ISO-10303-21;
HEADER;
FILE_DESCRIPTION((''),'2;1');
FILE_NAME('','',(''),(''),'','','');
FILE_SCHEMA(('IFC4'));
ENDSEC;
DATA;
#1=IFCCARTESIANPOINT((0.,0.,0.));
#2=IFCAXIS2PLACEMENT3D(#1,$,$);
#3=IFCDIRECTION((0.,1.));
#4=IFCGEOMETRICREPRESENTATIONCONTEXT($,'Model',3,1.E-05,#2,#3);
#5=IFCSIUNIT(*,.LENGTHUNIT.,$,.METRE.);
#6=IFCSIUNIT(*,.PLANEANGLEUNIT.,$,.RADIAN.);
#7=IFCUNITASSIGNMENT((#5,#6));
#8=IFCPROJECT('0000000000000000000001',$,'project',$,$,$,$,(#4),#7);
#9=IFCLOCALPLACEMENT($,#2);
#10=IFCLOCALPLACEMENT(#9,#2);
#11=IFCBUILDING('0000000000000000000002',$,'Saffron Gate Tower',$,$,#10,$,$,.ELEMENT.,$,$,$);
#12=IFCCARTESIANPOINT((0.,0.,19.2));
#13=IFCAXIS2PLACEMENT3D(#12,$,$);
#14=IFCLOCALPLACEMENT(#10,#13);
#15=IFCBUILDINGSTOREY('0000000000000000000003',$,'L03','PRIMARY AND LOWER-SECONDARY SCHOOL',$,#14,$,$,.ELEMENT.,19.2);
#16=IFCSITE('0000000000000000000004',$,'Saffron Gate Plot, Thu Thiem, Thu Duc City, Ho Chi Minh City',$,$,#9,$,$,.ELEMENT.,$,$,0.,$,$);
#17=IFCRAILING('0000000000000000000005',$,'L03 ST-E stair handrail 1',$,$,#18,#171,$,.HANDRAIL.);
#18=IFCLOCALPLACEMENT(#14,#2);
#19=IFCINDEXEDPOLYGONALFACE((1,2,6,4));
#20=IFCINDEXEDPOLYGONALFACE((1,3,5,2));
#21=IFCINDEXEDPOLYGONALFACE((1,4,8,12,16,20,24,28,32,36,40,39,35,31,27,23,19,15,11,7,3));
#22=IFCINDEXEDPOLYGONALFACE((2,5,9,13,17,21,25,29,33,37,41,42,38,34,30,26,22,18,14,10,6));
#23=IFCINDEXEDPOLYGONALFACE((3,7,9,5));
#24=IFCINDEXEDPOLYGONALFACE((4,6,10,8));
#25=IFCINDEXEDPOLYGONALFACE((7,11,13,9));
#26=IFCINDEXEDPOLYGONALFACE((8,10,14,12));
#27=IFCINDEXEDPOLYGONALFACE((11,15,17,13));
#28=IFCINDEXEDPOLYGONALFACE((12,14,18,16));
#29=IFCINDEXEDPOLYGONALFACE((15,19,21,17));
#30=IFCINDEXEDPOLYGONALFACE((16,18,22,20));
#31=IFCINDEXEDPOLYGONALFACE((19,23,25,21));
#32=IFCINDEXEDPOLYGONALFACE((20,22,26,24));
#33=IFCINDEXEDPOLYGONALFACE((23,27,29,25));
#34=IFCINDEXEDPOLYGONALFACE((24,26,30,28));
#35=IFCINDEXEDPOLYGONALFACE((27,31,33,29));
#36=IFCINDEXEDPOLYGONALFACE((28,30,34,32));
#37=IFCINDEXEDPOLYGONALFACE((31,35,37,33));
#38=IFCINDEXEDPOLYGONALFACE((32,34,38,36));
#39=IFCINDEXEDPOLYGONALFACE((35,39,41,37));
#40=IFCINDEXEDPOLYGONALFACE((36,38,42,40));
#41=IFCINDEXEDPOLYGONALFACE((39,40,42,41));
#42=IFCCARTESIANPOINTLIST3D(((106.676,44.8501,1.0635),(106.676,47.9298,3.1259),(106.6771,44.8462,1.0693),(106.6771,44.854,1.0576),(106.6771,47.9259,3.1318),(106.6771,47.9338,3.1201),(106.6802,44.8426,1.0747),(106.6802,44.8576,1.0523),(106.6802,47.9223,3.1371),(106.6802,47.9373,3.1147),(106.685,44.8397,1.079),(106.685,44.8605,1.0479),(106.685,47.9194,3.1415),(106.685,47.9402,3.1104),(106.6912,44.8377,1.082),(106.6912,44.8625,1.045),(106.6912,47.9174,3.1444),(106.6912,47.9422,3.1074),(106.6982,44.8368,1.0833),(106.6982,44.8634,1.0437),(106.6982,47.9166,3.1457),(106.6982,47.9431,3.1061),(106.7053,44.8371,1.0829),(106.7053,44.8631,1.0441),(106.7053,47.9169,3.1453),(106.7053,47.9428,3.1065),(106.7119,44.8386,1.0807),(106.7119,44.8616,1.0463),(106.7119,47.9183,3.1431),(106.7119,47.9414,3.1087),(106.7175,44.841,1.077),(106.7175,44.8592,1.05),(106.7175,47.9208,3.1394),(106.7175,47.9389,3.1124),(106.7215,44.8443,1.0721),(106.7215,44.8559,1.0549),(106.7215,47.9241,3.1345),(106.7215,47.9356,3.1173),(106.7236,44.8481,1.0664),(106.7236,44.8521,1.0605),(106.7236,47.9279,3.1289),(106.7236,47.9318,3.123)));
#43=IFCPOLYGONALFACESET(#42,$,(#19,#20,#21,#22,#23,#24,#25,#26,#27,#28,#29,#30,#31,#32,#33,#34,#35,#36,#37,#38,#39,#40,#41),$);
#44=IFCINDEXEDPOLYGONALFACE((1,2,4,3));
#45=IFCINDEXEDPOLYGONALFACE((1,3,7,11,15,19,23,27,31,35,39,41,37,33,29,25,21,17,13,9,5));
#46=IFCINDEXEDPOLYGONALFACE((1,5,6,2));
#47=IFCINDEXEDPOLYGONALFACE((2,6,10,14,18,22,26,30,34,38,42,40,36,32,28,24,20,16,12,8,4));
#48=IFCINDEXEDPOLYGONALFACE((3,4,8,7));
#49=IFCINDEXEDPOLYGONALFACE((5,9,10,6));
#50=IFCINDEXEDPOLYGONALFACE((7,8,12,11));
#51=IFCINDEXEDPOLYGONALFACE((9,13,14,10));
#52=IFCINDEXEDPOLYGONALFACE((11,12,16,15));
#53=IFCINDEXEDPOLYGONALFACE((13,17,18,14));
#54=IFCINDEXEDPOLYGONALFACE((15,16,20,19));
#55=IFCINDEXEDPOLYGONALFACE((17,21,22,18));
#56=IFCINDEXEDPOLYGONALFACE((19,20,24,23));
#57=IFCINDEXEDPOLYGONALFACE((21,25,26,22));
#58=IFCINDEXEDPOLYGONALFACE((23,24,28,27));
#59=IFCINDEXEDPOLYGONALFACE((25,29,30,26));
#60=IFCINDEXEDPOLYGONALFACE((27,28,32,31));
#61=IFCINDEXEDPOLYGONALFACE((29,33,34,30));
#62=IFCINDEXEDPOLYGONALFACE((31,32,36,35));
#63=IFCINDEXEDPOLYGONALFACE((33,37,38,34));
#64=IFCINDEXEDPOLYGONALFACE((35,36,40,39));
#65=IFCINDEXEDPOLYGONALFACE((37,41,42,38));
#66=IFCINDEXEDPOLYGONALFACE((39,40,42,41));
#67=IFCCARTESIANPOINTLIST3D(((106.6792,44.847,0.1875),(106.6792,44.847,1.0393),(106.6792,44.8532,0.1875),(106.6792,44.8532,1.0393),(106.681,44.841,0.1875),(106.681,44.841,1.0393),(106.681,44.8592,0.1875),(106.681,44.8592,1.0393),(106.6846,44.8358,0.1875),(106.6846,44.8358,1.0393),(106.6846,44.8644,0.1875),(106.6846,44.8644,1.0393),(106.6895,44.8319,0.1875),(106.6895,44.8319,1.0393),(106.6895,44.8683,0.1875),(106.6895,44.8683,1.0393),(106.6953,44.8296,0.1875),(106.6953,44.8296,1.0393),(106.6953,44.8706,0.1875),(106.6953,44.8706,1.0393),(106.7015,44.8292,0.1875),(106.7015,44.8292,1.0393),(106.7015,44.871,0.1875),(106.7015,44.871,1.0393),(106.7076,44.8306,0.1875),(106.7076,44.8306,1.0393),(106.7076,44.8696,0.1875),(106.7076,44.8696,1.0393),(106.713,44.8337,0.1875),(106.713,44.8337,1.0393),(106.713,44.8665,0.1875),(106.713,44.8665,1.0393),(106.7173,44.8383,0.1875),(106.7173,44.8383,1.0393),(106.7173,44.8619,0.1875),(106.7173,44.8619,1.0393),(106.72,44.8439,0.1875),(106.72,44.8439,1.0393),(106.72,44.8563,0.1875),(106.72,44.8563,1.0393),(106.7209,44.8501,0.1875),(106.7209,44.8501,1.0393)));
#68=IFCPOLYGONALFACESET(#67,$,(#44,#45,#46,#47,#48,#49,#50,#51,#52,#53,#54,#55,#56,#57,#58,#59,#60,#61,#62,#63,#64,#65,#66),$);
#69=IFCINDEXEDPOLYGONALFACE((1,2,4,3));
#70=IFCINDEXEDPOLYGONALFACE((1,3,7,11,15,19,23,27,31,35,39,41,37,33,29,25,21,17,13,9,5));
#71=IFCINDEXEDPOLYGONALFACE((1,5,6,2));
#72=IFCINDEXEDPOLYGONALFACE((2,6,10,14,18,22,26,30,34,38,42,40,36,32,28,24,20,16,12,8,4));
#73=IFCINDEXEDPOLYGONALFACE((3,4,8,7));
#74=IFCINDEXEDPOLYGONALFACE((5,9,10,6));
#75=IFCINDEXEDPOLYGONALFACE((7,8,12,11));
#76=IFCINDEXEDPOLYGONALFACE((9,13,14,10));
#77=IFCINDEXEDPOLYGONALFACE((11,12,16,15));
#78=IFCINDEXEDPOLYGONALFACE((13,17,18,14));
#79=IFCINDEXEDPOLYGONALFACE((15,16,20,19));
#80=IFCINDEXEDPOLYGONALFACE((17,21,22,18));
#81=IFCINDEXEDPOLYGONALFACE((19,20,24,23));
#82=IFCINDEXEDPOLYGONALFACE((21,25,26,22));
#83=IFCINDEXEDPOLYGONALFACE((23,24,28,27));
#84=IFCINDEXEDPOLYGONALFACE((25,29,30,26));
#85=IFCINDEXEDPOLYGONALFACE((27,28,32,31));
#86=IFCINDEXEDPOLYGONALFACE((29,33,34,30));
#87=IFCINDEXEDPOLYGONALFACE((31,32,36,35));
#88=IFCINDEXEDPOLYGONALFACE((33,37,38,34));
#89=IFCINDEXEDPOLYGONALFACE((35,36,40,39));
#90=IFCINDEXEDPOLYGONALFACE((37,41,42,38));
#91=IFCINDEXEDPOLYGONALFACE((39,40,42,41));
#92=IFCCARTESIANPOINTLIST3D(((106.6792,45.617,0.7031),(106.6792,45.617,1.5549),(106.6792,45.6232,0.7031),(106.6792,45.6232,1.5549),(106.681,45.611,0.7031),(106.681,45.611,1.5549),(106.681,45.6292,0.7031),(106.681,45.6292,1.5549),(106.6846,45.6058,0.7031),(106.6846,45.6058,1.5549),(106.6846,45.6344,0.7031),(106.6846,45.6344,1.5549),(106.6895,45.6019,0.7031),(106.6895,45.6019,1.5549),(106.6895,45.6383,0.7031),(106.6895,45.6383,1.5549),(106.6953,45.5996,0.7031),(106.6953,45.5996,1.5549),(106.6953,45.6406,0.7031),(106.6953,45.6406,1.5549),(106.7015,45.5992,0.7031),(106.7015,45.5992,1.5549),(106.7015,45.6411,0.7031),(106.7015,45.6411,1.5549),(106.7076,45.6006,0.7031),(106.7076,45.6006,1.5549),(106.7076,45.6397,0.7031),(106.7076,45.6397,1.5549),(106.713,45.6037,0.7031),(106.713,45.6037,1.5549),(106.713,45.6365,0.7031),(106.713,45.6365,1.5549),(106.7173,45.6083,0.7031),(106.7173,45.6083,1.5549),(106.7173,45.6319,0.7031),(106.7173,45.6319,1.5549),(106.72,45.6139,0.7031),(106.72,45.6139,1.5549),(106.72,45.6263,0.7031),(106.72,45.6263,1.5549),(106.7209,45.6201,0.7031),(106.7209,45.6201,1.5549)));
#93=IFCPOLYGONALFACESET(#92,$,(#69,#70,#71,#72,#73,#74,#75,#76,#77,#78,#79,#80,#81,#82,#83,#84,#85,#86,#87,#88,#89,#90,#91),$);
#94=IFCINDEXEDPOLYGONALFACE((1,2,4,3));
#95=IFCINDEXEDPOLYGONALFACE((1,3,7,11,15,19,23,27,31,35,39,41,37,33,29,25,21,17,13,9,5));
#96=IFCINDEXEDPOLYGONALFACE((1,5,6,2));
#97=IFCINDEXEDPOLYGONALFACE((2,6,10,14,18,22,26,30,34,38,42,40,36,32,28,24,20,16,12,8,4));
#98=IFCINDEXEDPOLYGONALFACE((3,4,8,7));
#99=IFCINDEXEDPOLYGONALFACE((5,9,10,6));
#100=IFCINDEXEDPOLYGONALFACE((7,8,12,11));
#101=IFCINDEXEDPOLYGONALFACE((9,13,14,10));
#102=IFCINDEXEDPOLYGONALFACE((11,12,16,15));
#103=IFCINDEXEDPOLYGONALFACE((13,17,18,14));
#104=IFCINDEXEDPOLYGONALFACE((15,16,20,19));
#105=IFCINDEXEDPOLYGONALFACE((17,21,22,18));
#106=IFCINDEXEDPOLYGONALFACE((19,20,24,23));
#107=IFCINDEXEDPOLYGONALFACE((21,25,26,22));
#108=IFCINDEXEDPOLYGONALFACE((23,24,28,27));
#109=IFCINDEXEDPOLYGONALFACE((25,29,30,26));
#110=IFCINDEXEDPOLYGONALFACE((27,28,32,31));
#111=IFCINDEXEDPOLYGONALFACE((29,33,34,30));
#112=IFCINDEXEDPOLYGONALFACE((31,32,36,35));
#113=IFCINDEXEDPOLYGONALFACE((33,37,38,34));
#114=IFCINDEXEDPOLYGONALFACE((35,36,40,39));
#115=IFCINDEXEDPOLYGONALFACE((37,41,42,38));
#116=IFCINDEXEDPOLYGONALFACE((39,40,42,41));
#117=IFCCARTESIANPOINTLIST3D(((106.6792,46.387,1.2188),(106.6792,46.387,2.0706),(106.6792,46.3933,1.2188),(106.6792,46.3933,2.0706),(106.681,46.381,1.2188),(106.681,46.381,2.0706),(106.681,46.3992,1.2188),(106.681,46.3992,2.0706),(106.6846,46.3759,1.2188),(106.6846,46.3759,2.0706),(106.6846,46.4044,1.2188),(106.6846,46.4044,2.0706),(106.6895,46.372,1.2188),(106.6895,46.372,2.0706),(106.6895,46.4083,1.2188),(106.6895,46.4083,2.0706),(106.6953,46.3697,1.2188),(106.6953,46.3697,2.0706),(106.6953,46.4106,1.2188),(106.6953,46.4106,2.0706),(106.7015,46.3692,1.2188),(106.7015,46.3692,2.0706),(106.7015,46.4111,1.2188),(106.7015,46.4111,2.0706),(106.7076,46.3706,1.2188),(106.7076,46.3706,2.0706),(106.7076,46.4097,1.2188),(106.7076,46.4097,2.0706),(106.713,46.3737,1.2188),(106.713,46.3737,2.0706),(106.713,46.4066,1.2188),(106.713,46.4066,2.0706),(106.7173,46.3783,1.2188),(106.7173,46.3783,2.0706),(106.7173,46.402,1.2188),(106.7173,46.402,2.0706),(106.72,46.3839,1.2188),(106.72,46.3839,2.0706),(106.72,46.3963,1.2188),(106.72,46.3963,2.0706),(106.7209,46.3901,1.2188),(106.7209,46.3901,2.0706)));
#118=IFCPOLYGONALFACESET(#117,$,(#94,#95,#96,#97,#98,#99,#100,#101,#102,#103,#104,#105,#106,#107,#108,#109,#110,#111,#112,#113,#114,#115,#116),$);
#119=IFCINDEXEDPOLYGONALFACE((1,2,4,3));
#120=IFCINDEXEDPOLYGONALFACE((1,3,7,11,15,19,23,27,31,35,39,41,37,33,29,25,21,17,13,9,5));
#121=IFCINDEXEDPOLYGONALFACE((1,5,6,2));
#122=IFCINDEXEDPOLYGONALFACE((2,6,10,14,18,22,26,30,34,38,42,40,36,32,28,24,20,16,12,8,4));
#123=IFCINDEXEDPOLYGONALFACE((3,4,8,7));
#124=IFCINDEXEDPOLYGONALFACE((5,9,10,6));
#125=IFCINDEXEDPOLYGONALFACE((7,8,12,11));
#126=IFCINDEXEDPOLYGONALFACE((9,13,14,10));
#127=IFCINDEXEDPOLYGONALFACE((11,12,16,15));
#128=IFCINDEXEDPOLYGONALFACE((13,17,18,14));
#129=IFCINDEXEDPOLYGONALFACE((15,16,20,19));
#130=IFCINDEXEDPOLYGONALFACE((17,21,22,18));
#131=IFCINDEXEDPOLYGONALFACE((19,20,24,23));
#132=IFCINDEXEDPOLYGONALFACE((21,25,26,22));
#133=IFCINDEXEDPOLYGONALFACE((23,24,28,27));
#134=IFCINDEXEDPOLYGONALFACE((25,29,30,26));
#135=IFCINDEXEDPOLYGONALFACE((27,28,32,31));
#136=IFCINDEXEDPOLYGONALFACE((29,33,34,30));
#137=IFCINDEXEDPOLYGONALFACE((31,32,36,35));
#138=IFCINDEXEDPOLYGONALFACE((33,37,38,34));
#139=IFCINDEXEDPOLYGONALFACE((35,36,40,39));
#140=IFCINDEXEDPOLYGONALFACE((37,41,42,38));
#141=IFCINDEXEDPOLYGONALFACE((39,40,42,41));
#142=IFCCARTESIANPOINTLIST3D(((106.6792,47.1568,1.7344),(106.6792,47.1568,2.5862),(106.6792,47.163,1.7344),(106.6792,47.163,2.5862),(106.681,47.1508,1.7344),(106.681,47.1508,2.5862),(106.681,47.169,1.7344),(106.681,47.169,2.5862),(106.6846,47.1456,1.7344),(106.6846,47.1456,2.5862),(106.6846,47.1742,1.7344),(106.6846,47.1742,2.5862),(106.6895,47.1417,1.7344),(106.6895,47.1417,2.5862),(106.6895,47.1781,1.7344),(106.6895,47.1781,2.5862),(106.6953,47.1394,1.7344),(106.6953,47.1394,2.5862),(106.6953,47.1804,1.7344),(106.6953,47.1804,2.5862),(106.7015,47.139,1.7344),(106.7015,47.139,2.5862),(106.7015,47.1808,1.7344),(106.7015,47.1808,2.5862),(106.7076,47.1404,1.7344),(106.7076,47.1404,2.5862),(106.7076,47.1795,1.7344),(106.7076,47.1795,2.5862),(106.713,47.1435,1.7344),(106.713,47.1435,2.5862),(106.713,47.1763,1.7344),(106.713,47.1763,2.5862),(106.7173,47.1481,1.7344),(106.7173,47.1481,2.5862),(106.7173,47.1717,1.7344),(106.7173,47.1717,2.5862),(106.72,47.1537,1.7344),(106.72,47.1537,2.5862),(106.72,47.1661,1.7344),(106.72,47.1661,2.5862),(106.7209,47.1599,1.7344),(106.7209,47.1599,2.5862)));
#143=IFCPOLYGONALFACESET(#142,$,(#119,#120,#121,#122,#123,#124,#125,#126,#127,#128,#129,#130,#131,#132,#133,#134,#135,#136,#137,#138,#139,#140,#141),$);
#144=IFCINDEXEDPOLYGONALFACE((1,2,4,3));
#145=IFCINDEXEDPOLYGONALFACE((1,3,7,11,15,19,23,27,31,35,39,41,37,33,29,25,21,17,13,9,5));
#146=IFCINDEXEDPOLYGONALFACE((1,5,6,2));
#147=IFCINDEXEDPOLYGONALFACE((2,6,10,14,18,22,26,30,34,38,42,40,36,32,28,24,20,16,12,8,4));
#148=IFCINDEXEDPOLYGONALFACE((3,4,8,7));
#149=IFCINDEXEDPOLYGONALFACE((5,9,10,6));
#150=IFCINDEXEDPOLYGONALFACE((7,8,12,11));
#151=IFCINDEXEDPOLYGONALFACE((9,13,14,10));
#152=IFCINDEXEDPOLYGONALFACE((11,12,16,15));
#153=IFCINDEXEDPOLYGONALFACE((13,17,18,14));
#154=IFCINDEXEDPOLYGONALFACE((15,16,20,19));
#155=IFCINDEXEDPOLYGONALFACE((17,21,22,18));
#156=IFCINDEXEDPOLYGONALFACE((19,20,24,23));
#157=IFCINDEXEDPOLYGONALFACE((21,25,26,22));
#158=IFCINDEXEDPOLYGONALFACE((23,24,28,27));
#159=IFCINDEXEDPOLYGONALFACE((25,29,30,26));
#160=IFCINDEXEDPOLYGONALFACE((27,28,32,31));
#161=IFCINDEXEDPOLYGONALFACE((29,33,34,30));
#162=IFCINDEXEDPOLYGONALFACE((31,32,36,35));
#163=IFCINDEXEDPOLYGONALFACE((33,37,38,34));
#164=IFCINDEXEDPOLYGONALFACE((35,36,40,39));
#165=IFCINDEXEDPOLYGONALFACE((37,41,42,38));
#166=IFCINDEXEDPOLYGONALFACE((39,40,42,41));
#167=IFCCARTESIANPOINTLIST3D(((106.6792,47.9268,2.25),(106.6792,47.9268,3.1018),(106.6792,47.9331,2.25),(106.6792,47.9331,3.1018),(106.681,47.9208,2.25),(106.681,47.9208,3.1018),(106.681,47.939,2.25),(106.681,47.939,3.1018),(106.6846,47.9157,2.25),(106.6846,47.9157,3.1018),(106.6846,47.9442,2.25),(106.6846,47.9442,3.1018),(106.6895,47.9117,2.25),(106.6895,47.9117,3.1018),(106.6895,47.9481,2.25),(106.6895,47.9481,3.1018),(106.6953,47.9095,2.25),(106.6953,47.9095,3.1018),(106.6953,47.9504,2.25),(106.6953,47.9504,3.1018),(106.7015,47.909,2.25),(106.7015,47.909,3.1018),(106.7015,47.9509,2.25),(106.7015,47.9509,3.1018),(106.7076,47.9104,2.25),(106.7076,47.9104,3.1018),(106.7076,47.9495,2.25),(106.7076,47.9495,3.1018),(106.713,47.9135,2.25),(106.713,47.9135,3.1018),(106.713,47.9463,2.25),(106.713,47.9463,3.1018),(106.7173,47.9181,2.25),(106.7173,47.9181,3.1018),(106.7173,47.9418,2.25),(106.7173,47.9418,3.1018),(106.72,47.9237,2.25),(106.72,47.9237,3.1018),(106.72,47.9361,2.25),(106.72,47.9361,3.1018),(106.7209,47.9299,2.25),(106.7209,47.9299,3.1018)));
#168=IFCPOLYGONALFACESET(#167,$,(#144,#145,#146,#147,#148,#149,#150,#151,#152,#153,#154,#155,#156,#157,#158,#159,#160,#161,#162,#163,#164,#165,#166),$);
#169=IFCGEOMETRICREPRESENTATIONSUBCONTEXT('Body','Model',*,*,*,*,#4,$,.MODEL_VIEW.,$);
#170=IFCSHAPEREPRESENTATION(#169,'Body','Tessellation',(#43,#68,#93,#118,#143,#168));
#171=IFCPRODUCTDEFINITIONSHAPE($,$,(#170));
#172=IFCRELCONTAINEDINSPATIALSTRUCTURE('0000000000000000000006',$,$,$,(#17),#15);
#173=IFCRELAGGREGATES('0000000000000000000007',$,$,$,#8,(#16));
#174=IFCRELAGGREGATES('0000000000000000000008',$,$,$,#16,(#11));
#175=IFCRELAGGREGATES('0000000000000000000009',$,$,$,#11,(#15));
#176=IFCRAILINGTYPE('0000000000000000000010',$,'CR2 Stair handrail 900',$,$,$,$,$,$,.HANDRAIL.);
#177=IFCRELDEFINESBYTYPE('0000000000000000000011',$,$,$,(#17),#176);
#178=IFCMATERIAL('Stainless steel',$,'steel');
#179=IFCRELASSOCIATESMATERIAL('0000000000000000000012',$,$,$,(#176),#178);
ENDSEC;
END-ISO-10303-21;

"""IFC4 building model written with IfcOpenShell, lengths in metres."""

from ifc_helpers import new_model, si_unit, direction, frame, origin, origin_2d, place, context, subcontext, project, spatial, circle, extrude, material, type_object, element, save


model = new_model("IFC4")

# Units and contexts
model_context = context("Model", 3, precision=1e-05, world=origin(), true_north=direction((0.0, 1.0)))
body_context = subcontext(model_context, "Body", "Model", "MODEL_VIEW")
ifc_project = project(units=[si_unit("LENGTHUNIT", "METRE"), si_unit("PLANEANGLEUNIT", "RADIAN")], contexts=[model_context])

# Site, building, storey
site_placement = place(None, origin())
site = spatial("IfcSite", under=ifc_project, at=site_placement, Name="Saffron Gate Plot, Thu Thiem, Thu Duc City, Ho Chi Minh City", CompositionType="ELEMENT", RefElevation=0.0)
building_placement = place(site_placement, origin())
building = spatial("IfcBuilding", under=site, at=building_placement, Name="Saffron Gate Tower", CompositionType="ELEMENT")
storey_placement = place(building_placement, frame((0.0, 0.0, 19.2)))
storey = spatial("IfcBuildingStorey", under=building, at=storey_placement, Name="L03", Description="PRIMARY AND LOWER-SECONDARY SCHOOL", CompositionType="ELEMENT", Elevation=19.2)

# Railing
ifc_material_1 = material(Name="Stainless steel", Category="steel")
railing_type = type_object("IfcRailingType", Name="CR2 Stair handrail 900", PredefinedType="HANDRAIL", material=ifc_material_1)
railing_placement = place(storey_placement, frame((106.7, 44.8501, 0.1875)))
element("IfcRailing", 1, at=railing_placement, inside=storey, type_object=railing_type, Name="L03 ST-E stair handrail 1", PredefinedType="HANDRAIL", context=body_context, shape_type="SweptSolid", body=[
    extrude(circle(Radius=0.0239, at=origin_2d()), frame((0.0, 0.0, 0.876), z_axis=(0.0, 0.830893, 0.556432), x_axis=(-1.0, 0.0, 0.0)), (0.0, 0.0, 1.0), 3.7065),
    extrude(circle(Radius=0.021, at=origin_2d()), origin(), (0.0, 0.0, 1.0), 0.8518),
    extrude(circle(Radius=0.021, at=origin_2d()), frame((0.0, 0.77, 0.5156)), (0.0, 0.0, 1.0), 0.8518),
    extrude(circle(Radius=0.021, at=origin_2d()), frame((0.0, 1.54, 1.0312)), (0.0, 0.0, 1.0), 0.8518),
    extrude(circle(Radius=0.021, at=origin_2d()), frame((0.0, 2.3098, 1.5469)), (0.0, 0.0, 1.0), 0.8518),
    extrude(circle(Radius=0.021, at=origin_2d()), frame((0.0, 3.0798, 2.0625)), (0.0, 0.0, 1.0), 0.8518),
])

save(model, "model.ifc")
